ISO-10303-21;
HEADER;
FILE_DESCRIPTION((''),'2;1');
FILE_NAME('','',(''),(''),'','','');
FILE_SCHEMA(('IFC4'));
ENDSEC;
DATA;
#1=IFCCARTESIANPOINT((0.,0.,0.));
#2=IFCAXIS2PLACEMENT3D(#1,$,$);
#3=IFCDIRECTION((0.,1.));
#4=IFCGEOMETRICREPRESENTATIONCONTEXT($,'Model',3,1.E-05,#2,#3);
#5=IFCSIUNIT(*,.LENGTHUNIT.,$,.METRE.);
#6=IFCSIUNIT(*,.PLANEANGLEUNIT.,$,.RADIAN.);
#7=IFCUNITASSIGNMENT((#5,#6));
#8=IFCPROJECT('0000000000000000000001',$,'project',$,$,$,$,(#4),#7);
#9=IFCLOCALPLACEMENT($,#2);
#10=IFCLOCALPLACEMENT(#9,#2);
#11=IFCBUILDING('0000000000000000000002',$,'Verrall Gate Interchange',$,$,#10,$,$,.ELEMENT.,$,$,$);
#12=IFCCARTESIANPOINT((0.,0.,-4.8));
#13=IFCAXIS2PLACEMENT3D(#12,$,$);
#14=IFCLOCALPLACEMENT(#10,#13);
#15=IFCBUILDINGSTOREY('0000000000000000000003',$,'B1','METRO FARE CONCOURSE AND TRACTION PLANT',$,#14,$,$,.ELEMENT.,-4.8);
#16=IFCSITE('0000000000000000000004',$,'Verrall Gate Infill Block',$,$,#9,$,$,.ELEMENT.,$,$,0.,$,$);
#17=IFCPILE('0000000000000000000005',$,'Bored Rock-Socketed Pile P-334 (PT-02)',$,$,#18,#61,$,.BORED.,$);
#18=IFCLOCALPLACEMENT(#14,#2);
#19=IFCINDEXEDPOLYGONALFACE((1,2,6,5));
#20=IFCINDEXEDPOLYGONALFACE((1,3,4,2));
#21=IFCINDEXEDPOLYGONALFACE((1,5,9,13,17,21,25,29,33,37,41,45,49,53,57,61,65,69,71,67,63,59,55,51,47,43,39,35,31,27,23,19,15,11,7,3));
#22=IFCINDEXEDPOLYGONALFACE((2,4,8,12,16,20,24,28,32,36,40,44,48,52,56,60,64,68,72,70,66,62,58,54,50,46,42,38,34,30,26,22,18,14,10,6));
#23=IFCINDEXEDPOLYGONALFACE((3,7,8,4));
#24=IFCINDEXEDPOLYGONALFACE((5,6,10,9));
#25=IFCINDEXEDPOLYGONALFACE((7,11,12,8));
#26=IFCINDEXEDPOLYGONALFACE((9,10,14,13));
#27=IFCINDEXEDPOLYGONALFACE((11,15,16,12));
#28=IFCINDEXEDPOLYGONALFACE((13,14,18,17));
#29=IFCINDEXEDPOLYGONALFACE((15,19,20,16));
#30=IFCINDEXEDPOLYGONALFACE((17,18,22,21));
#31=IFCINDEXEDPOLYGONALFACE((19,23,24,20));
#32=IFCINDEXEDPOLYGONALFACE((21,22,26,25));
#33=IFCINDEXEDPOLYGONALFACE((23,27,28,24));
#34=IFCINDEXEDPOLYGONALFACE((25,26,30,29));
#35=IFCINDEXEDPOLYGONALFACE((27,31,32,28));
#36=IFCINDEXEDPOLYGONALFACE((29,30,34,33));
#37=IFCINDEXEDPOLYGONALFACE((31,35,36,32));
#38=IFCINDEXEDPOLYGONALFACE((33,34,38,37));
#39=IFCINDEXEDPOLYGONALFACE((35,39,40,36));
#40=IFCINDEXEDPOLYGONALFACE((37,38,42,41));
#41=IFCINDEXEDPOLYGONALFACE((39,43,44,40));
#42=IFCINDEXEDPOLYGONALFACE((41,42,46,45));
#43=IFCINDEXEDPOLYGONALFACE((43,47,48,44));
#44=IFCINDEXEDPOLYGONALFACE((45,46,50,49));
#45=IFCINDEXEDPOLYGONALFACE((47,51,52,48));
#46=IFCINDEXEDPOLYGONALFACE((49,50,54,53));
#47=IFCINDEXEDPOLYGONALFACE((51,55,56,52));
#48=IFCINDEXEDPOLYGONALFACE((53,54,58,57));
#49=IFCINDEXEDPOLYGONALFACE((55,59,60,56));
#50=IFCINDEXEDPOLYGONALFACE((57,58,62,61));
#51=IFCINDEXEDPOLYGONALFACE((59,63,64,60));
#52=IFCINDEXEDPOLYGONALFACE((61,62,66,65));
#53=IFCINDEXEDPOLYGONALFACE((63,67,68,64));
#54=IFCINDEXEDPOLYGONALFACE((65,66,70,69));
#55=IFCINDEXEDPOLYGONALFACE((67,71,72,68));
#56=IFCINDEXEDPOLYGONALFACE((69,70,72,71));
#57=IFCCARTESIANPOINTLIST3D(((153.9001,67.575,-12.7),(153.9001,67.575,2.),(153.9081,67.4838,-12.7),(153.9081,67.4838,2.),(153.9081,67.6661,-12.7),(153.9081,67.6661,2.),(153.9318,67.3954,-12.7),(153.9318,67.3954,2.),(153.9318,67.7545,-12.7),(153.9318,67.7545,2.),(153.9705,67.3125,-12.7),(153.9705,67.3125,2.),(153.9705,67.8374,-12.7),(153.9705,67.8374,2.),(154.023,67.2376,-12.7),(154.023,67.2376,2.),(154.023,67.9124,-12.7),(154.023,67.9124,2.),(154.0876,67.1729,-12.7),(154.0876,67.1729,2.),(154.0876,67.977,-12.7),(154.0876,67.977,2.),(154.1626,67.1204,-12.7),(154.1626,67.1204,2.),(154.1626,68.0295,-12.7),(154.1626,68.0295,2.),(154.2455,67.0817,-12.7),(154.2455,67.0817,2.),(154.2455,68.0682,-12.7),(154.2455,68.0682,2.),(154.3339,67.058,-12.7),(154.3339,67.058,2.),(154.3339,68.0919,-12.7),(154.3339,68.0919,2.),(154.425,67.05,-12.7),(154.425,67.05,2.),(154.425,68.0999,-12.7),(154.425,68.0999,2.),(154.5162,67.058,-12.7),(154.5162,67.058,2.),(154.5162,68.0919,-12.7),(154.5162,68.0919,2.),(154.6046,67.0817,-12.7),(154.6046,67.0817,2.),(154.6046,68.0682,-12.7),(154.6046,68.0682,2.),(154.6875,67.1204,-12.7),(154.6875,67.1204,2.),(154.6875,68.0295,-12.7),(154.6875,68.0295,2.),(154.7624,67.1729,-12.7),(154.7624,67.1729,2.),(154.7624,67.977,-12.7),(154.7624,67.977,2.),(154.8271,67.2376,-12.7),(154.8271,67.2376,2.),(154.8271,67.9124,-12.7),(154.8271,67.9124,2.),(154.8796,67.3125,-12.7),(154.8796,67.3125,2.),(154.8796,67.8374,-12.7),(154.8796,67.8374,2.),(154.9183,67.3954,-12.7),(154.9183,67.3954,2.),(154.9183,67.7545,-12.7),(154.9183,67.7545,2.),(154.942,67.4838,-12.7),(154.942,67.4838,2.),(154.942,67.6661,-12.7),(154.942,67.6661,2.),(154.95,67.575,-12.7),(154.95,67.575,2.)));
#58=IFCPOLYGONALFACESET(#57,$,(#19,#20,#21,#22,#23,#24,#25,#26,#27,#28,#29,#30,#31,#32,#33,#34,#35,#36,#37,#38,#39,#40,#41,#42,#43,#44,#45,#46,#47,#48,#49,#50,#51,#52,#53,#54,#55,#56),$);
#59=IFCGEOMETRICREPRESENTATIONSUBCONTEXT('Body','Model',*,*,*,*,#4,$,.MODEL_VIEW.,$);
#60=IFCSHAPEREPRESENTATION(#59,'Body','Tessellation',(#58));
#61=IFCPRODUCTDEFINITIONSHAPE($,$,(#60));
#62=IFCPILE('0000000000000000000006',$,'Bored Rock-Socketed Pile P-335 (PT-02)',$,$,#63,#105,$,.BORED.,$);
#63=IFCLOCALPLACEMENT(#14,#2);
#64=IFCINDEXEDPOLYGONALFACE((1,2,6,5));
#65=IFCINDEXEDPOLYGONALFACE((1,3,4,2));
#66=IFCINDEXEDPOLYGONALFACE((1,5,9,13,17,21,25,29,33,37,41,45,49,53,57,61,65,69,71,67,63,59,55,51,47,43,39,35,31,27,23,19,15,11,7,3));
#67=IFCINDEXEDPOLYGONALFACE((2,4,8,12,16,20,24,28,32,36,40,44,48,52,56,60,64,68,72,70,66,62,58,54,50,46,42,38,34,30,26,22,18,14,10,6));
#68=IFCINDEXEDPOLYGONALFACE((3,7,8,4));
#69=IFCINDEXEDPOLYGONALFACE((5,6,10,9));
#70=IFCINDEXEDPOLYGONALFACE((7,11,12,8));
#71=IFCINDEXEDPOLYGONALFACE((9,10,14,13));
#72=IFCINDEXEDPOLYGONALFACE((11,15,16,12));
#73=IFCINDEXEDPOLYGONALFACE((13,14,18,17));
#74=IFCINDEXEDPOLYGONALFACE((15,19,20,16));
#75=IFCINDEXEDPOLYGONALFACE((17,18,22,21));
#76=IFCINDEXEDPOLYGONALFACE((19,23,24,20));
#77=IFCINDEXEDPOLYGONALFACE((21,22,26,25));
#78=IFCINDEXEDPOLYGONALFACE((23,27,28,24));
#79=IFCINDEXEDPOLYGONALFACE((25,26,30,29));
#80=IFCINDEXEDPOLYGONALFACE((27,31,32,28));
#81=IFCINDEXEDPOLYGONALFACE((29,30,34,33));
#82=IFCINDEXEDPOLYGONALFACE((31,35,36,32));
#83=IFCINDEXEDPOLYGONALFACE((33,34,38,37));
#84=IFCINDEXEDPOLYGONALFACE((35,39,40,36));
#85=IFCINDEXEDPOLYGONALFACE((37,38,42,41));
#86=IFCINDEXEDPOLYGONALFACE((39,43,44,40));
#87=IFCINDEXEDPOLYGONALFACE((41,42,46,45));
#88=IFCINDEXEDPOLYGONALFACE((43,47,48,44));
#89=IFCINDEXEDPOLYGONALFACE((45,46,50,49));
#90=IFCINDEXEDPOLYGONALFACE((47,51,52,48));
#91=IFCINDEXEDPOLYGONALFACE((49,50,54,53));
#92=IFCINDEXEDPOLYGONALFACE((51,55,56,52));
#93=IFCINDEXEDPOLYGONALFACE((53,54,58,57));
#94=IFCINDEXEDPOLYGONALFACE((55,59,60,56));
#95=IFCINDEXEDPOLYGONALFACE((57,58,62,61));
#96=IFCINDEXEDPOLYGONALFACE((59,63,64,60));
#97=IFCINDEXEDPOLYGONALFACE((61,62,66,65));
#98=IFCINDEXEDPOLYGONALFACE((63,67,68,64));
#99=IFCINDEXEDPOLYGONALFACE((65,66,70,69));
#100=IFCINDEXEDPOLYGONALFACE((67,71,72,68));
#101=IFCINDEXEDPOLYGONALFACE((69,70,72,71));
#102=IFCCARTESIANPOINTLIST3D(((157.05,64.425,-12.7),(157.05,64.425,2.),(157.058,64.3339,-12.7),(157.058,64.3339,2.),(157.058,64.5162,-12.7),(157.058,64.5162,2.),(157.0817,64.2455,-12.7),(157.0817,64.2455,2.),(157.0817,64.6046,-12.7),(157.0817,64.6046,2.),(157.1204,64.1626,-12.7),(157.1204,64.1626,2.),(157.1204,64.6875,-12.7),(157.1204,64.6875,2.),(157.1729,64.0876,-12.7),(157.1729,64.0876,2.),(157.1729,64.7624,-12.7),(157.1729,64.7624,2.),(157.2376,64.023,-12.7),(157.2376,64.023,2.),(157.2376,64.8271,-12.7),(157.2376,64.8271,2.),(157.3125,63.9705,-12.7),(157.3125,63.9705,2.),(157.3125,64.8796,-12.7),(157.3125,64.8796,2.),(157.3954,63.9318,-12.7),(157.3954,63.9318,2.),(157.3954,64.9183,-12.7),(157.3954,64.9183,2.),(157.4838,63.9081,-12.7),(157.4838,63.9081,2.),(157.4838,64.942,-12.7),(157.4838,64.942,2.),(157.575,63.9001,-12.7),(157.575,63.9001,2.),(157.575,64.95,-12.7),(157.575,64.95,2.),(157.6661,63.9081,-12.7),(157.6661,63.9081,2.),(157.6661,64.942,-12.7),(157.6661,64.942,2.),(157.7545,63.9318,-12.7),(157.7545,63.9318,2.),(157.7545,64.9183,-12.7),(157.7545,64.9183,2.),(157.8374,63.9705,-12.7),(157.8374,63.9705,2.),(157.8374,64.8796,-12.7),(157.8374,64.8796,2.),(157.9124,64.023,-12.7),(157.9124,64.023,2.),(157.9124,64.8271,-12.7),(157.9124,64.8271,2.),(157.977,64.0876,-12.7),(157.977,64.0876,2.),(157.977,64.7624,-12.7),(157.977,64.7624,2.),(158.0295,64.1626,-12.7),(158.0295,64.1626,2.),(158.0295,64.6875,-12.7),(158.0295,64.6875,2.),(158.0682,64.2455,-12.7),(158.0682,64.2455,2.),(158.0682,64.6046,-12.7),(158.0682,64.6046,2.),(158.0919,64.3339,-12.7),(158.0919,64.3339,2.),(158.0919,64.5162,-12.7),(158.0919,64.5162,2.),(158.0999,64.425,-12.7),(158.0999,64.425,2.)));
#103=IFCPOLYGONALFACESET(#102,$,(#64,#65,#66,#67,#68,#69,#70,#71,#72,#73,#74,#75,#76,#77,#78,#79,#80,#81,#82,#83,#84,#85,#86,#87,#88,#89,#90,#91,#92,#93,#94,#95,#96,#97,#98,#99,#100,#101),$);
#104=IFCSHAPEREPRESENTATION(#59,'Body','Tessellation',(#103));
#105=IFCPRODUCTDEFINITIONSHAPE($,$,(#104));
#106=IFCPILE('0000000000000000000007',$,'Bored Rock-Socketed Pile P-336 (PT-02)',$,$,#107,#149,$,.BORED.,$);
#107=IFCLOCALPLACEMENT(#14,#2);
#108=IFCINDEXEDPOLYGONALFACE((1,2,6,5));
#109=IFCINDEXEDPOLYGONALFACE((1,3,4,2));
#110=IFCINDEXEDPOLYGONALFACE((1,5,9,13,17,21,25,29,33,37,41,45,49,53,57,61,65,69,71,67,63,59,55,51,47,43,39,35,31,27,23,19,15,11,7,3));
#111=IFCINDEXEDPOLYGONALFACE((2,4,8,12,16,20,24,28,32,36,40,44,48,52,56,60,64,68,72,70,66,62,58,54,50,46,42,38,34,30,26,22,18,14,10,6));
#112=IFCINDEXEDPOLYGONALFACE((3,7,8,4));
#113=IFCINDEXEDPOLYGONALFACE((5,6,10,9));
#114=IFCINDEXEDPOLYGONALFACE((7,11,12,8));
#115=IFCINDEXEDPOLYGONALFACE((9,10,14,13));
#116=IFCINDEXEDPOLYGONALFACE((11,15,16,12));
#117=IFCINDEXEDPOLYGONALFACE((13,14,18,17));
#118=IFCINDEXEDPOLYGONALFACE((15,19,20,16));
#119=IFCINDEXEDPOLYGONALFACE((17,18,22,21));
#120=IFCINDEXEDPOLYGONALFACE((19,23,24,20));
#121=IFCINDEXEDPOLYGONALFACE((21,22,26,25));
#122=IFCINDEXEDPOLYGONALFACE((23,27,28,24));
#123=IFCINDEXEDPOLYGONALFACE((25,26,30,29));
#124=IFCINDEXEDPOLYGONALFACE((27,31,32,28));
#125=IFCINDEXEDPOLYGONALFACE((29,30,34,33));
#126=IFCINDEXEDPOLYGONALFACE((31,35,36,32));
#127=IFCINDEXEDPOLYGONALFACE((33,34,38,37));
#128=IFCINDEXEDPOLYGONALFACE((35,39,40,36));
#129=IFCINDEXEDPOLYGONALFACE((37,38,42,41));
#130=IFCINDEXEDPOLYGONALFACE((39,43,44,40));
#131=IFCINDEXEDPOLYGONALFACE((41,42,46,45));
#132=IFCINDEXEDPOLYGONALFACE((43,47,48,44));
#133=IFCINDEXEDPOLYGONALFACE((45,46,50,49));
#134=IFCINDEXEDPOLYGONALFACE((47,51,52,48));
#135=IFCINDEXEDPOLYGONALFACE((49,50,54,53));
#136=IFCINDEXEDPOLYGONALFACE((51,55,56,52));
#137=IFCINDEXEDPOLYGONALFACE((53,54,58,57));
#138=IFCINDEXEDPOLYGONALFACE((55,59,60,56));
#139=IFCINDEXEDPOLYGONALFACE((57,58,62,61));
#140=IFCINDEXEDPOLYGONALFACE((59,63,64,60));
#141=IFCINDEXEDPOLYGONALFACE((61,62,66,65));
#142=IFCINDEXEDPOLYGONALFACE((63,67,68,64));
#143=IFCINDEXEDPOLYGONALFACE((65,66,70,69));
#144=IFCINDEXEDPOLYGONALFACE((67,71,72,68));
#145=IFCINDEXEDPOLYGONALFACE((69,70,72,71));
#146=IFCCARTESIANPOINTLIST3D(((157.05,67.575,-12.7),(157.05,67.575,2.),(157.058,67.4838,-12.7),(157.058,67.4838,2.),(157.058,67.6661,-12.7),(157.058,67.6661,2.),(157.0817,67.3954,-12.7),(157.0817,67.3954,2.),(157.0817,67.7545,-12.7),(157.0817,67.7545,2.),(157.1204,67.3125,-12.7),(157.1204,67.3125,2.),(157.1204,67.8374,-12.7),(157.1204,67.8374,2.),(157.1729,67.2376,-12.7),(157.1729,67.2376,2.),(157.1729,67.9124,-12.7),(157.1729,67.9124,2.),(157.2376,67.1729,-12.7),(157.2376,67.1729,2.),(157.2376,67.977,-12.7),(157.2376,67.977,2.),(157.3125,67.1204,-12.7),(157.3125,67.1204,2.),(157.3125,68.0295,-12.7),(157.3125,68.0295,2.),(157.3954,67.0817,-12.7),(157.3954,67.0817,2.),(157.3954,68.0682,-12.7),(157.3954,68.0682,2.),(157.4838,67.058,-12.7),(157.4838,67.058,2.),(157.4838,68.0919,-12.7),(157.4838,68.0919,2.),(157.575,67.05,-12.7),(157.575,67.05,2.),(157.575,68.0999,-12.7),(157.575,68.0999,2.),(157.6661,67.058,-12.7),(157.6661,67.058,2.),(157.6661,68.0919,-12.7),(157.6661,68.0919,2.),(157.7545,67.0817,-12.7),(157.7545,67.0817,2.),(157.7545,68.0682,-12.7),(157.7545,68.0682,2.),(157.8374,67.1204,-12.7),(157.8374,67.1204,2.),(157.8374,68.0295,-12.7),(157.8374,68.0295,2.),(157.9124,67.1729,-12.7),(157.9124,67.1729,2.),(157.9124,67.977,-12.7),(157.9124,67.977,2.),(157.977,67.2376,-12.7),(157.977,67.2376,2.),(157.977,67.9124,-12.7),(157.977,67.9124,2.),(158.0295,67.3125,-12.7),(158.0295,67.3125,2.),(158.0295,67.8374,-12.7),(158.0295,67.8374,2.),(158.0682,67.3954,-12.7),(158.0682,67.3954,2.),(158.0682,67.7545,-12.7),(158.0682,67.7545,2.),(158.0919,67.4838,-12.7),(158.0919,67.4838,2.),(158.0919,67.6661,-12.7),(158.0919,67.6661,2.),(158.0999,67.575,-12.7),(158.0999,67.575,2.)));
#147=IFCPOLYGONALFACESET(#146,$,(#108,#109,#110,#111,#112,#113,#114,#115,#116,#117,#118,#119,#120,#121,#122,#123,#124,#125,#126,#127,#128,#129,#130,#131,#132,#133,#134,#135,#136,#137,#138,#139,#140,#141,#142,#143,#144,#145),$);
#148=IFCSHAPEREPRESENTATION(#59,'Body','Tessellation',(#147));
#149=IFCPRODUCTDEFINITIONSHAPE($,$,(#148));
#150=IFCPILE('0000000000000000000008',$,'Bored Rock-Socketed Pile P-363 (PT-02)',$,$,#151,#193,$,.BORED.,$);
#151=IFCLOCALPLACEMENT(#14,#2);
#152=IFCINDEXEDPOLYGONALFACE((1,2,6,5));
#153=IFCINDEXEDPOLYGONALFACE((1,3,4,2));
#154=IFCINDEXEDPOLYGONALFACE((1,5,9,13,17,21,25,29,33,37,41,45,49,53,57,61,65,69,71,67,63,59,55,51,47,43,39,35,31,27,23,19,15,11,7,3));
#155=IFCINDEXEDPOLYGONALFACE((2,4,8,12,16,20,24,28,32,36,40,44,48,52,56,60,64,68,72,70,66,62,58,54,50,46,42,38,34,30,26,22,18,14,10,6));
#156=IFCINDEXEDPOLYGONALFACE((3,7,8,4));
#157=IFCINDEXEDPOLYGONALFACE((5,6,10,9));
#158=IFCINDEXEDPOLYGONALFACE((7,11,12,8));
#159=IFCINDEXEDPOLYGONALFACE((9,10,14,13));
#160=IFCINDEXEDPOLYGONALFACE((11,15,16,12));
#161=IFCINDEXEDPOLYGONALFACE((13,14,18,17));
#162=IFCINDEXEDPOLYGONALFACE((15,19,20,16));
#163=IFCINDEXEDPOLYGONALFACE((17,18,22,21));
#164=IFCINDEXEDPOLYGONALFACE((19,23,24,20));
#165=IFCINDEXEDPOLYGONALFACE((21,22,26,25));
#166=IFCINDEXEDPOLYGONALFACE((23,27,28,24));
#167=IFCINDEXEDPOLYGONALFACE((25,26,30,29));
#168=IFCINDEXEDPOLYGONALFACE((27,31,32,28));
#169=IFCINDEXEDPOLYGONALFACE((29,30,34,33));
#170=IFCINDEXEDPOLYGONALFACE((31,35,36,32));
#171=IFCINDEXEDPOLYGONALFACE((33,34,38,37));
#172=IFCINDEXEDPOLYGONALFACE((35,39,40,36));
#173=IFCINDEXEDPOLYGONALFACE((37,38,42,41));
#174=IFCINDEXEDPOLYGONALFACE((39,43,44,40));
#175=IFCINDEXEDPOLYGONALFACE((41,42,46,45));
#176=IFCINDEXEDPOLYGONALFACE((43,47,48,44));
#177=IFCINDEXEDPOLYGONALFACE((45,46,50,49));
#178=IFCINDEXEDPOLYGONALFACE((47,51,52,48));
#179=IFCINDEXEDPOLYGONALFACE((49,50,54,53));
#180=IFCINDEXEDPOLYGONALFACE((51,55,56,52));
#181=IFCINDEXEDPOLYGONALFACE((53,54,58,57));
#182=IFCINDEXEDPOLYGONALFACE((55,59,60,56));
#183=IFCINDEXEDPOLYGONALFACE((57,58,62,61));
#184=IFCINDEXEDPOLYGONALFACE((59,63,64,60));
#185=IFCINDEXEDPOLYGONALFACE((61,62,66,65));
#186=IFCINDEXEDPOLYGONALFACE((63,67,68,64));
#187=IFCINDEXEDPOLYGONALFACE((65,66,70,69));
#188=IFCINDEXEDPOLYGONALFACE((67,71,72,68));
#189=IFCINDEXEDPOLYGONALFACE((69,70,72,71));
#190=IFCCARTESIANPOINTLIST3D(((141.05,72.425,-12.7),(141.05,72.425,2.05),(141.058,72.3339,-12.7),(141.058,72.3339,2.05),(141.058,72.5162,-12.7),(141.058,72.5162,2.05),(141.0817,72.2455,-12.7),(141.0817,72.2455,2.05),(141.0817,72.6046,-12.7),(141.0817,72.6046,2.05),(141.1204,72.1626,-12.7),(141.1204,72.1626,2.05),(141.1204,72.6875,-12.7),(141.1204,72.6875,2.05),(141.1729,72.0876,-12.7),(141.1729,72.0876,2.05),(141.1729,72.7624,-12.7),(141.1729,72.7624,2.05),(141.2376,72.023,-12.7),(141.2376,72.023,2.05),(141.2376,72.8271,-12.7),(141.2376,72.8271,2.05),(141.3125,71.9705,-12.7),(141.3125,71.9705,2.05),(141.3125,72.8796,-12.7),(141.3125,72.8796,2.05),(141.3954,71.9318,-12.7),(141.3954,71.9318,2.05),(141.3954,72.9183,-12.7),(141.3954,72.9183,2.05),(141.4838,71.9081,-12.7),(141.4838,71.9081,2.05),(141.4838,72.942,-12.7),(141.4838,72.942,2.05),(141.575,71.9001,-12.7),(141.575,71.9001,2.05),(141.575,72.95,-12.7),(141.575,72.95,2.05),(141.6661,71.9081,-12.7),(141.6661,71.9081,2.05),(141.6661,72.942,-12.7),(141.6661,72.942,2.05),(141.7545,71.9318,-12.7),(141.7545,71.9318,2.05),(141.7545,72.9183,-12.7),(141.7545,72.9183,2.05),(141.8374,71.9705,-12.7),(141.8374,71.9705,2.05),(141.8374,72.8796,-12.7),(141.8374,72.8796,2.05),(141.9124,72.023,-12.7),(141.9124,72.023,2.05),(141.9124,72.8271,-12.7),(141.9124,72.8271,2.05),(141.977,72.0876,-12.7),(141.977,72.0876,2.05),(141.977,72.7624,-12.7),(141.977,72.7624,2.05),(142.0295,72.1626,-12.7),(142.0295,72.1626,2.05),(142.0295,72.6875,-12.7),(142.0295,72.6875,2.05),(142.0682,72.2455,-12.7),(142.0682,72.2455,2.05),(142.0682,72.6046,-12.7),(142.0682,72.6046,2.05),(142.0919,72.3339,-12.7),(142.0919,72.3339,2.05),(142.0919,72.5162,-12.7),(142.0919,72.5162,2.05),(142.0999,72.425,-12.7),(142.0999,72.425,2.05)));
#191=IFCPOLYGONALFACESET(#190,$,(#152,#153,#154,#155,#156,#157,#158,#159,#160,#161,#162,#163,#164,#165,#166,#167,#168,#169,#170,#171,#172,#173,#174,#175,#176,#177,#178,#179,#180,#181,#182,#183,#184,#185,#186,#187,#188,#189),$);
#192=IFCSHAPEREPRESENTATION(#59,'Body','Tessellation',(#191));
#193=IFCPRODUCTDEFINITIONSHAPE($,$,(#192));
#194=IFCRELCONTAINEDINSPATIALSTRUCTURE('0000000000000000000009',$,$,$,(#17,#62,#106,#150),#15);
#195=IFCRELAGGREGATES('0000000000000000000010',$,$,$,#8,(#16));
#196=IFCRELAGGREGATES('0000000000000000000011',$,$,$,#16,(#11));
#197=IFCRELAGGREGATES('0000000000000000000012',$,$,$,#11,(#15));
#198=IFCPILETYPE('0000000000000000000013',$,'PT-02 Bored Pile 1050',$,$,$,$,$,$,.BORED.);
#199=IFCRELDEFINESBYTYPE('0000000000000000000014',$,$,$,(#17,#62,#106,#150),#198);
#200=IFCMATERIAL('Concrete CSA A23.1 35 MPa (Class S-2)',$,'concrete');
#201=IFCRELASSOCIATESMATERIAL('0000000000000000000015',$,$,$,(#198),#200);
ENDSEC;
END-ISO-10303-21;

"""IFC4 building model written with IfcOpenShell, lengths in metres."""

from ifc_helpers import new_model, si_unit, direction, frame, origin, origin_2d, place, context, subcontext, project, spatial, circle, extrude, material, material_profile, profile_set, type_object, element, save


model = new_model("IFC4")

# Units and contexts
model_context = context("Model", 3, precision=1e-05, world=origin(), true_north=direction((0.0, 1.0)))
body_context = subcontext(model_context, "Body", "Model", "MODEL_VIEW")
ifc_project = project(units=[si_unit("LENGTHUNIT", "METRE"), si_unit("PLANEANGLEUNIT", "RADIAN")], contexts=[model_context])

# Site, building, storey
site_placement = place(None, origin())
site = spatial("IfcSite", under=ifc_project, at=site_placement, Name="Verrall Gate Infill Block", CompositionType="ELEMENT", RefElevation=0.0)
building_placement = place(site_placement, origin())
building = spatial("IfcBuilding", under=site, at=building_placement, Name="Verrall Gate Interchange", CompositionType="ELEMENT")
storey_placement = place(building_placement, frame((0.0, 0.0, -4.8)))
storey = spatial("IfcBuildingStorey", under=building, at=storey_placement, Name="B1", Description="METRO FARE CONCOURSE AND TRACTION PLANT", CompositionType="ELEMENT", Elevation=-4.8)

# Piles
ifc_material_1 = material(Name="Concrete CSA A23.1 35 MPa (Class S-2)", Category="concrete")
ifc_material_profile_1 = material_profile(ifc_material_1, circle(Radius=0.5249, at=origin_2d()), Name="PILE1050D")
ifc_profile_set_1 = profile_set([ifc_material_profile_1], Name="Concrete CSA A23.1 35 MPa (Class S-2)")
pile_type = type_object("IfcPileType", Name="PT-02 Bored Pile 1050", PredefinedType="BORED", material=ifc_profile_set_1)
for number, where, z_axis, x_axis, name in (
    (1, (154.425, 67.575, 2.0), (0.0, 0.0, -1.0), (1.0, 0.0, 0.0), "Bored Rock-Socketed Pile P-334 (PT-02)"),
    (2, (157.575, 64.425, 2.0), (0.0, 0.0, -1.0), (1.0, 0.0, 0.0), "Bored Rock-Socketed Pile P-335 (PT-02)"),
    (3, (157.575, 67.575, 2.0), (0.0, 0.0, -1.0), (1.0, 0.0, 0.0), "Bored Rock-Socketed Pile P-336 (PT-02)"),
):
    element("IfcPile", number, at=place(storey_placement, frame(where, z_axis=z_axis, x_axis=x_axis)), inside=storey, type_object=pile_type, Name=name, PredefinedType="BORED", context=body_context, shape_type="SweptSolid", body=[
        extrude(circle(Radius=0.5249, at=origin_2d()), origin(), (0.0, 0.0, 1.0), 14.7),
    ])
pile_placement = place(storey_placement, frame((141.575, 72.425, 2.05), z_axis=(0.0, 0.0, -1.0), x_axis=(1.0, 0.0, 0.0)))
element("IfcPile", 4, at=pile_placement, inside=storey, type_object=pile_type, Name="Bored Rock-Socketed Pile P-363 (PT-02)", PredefinedType="BORED", context=body_context, shape_type="SweptSolid", body=[
    extrude(circle(Radius=0.5249, at=origin_2d()), origin(), (0.0, 0.0, 1.0), 14.75),
])

save(model, "model.ifc")
